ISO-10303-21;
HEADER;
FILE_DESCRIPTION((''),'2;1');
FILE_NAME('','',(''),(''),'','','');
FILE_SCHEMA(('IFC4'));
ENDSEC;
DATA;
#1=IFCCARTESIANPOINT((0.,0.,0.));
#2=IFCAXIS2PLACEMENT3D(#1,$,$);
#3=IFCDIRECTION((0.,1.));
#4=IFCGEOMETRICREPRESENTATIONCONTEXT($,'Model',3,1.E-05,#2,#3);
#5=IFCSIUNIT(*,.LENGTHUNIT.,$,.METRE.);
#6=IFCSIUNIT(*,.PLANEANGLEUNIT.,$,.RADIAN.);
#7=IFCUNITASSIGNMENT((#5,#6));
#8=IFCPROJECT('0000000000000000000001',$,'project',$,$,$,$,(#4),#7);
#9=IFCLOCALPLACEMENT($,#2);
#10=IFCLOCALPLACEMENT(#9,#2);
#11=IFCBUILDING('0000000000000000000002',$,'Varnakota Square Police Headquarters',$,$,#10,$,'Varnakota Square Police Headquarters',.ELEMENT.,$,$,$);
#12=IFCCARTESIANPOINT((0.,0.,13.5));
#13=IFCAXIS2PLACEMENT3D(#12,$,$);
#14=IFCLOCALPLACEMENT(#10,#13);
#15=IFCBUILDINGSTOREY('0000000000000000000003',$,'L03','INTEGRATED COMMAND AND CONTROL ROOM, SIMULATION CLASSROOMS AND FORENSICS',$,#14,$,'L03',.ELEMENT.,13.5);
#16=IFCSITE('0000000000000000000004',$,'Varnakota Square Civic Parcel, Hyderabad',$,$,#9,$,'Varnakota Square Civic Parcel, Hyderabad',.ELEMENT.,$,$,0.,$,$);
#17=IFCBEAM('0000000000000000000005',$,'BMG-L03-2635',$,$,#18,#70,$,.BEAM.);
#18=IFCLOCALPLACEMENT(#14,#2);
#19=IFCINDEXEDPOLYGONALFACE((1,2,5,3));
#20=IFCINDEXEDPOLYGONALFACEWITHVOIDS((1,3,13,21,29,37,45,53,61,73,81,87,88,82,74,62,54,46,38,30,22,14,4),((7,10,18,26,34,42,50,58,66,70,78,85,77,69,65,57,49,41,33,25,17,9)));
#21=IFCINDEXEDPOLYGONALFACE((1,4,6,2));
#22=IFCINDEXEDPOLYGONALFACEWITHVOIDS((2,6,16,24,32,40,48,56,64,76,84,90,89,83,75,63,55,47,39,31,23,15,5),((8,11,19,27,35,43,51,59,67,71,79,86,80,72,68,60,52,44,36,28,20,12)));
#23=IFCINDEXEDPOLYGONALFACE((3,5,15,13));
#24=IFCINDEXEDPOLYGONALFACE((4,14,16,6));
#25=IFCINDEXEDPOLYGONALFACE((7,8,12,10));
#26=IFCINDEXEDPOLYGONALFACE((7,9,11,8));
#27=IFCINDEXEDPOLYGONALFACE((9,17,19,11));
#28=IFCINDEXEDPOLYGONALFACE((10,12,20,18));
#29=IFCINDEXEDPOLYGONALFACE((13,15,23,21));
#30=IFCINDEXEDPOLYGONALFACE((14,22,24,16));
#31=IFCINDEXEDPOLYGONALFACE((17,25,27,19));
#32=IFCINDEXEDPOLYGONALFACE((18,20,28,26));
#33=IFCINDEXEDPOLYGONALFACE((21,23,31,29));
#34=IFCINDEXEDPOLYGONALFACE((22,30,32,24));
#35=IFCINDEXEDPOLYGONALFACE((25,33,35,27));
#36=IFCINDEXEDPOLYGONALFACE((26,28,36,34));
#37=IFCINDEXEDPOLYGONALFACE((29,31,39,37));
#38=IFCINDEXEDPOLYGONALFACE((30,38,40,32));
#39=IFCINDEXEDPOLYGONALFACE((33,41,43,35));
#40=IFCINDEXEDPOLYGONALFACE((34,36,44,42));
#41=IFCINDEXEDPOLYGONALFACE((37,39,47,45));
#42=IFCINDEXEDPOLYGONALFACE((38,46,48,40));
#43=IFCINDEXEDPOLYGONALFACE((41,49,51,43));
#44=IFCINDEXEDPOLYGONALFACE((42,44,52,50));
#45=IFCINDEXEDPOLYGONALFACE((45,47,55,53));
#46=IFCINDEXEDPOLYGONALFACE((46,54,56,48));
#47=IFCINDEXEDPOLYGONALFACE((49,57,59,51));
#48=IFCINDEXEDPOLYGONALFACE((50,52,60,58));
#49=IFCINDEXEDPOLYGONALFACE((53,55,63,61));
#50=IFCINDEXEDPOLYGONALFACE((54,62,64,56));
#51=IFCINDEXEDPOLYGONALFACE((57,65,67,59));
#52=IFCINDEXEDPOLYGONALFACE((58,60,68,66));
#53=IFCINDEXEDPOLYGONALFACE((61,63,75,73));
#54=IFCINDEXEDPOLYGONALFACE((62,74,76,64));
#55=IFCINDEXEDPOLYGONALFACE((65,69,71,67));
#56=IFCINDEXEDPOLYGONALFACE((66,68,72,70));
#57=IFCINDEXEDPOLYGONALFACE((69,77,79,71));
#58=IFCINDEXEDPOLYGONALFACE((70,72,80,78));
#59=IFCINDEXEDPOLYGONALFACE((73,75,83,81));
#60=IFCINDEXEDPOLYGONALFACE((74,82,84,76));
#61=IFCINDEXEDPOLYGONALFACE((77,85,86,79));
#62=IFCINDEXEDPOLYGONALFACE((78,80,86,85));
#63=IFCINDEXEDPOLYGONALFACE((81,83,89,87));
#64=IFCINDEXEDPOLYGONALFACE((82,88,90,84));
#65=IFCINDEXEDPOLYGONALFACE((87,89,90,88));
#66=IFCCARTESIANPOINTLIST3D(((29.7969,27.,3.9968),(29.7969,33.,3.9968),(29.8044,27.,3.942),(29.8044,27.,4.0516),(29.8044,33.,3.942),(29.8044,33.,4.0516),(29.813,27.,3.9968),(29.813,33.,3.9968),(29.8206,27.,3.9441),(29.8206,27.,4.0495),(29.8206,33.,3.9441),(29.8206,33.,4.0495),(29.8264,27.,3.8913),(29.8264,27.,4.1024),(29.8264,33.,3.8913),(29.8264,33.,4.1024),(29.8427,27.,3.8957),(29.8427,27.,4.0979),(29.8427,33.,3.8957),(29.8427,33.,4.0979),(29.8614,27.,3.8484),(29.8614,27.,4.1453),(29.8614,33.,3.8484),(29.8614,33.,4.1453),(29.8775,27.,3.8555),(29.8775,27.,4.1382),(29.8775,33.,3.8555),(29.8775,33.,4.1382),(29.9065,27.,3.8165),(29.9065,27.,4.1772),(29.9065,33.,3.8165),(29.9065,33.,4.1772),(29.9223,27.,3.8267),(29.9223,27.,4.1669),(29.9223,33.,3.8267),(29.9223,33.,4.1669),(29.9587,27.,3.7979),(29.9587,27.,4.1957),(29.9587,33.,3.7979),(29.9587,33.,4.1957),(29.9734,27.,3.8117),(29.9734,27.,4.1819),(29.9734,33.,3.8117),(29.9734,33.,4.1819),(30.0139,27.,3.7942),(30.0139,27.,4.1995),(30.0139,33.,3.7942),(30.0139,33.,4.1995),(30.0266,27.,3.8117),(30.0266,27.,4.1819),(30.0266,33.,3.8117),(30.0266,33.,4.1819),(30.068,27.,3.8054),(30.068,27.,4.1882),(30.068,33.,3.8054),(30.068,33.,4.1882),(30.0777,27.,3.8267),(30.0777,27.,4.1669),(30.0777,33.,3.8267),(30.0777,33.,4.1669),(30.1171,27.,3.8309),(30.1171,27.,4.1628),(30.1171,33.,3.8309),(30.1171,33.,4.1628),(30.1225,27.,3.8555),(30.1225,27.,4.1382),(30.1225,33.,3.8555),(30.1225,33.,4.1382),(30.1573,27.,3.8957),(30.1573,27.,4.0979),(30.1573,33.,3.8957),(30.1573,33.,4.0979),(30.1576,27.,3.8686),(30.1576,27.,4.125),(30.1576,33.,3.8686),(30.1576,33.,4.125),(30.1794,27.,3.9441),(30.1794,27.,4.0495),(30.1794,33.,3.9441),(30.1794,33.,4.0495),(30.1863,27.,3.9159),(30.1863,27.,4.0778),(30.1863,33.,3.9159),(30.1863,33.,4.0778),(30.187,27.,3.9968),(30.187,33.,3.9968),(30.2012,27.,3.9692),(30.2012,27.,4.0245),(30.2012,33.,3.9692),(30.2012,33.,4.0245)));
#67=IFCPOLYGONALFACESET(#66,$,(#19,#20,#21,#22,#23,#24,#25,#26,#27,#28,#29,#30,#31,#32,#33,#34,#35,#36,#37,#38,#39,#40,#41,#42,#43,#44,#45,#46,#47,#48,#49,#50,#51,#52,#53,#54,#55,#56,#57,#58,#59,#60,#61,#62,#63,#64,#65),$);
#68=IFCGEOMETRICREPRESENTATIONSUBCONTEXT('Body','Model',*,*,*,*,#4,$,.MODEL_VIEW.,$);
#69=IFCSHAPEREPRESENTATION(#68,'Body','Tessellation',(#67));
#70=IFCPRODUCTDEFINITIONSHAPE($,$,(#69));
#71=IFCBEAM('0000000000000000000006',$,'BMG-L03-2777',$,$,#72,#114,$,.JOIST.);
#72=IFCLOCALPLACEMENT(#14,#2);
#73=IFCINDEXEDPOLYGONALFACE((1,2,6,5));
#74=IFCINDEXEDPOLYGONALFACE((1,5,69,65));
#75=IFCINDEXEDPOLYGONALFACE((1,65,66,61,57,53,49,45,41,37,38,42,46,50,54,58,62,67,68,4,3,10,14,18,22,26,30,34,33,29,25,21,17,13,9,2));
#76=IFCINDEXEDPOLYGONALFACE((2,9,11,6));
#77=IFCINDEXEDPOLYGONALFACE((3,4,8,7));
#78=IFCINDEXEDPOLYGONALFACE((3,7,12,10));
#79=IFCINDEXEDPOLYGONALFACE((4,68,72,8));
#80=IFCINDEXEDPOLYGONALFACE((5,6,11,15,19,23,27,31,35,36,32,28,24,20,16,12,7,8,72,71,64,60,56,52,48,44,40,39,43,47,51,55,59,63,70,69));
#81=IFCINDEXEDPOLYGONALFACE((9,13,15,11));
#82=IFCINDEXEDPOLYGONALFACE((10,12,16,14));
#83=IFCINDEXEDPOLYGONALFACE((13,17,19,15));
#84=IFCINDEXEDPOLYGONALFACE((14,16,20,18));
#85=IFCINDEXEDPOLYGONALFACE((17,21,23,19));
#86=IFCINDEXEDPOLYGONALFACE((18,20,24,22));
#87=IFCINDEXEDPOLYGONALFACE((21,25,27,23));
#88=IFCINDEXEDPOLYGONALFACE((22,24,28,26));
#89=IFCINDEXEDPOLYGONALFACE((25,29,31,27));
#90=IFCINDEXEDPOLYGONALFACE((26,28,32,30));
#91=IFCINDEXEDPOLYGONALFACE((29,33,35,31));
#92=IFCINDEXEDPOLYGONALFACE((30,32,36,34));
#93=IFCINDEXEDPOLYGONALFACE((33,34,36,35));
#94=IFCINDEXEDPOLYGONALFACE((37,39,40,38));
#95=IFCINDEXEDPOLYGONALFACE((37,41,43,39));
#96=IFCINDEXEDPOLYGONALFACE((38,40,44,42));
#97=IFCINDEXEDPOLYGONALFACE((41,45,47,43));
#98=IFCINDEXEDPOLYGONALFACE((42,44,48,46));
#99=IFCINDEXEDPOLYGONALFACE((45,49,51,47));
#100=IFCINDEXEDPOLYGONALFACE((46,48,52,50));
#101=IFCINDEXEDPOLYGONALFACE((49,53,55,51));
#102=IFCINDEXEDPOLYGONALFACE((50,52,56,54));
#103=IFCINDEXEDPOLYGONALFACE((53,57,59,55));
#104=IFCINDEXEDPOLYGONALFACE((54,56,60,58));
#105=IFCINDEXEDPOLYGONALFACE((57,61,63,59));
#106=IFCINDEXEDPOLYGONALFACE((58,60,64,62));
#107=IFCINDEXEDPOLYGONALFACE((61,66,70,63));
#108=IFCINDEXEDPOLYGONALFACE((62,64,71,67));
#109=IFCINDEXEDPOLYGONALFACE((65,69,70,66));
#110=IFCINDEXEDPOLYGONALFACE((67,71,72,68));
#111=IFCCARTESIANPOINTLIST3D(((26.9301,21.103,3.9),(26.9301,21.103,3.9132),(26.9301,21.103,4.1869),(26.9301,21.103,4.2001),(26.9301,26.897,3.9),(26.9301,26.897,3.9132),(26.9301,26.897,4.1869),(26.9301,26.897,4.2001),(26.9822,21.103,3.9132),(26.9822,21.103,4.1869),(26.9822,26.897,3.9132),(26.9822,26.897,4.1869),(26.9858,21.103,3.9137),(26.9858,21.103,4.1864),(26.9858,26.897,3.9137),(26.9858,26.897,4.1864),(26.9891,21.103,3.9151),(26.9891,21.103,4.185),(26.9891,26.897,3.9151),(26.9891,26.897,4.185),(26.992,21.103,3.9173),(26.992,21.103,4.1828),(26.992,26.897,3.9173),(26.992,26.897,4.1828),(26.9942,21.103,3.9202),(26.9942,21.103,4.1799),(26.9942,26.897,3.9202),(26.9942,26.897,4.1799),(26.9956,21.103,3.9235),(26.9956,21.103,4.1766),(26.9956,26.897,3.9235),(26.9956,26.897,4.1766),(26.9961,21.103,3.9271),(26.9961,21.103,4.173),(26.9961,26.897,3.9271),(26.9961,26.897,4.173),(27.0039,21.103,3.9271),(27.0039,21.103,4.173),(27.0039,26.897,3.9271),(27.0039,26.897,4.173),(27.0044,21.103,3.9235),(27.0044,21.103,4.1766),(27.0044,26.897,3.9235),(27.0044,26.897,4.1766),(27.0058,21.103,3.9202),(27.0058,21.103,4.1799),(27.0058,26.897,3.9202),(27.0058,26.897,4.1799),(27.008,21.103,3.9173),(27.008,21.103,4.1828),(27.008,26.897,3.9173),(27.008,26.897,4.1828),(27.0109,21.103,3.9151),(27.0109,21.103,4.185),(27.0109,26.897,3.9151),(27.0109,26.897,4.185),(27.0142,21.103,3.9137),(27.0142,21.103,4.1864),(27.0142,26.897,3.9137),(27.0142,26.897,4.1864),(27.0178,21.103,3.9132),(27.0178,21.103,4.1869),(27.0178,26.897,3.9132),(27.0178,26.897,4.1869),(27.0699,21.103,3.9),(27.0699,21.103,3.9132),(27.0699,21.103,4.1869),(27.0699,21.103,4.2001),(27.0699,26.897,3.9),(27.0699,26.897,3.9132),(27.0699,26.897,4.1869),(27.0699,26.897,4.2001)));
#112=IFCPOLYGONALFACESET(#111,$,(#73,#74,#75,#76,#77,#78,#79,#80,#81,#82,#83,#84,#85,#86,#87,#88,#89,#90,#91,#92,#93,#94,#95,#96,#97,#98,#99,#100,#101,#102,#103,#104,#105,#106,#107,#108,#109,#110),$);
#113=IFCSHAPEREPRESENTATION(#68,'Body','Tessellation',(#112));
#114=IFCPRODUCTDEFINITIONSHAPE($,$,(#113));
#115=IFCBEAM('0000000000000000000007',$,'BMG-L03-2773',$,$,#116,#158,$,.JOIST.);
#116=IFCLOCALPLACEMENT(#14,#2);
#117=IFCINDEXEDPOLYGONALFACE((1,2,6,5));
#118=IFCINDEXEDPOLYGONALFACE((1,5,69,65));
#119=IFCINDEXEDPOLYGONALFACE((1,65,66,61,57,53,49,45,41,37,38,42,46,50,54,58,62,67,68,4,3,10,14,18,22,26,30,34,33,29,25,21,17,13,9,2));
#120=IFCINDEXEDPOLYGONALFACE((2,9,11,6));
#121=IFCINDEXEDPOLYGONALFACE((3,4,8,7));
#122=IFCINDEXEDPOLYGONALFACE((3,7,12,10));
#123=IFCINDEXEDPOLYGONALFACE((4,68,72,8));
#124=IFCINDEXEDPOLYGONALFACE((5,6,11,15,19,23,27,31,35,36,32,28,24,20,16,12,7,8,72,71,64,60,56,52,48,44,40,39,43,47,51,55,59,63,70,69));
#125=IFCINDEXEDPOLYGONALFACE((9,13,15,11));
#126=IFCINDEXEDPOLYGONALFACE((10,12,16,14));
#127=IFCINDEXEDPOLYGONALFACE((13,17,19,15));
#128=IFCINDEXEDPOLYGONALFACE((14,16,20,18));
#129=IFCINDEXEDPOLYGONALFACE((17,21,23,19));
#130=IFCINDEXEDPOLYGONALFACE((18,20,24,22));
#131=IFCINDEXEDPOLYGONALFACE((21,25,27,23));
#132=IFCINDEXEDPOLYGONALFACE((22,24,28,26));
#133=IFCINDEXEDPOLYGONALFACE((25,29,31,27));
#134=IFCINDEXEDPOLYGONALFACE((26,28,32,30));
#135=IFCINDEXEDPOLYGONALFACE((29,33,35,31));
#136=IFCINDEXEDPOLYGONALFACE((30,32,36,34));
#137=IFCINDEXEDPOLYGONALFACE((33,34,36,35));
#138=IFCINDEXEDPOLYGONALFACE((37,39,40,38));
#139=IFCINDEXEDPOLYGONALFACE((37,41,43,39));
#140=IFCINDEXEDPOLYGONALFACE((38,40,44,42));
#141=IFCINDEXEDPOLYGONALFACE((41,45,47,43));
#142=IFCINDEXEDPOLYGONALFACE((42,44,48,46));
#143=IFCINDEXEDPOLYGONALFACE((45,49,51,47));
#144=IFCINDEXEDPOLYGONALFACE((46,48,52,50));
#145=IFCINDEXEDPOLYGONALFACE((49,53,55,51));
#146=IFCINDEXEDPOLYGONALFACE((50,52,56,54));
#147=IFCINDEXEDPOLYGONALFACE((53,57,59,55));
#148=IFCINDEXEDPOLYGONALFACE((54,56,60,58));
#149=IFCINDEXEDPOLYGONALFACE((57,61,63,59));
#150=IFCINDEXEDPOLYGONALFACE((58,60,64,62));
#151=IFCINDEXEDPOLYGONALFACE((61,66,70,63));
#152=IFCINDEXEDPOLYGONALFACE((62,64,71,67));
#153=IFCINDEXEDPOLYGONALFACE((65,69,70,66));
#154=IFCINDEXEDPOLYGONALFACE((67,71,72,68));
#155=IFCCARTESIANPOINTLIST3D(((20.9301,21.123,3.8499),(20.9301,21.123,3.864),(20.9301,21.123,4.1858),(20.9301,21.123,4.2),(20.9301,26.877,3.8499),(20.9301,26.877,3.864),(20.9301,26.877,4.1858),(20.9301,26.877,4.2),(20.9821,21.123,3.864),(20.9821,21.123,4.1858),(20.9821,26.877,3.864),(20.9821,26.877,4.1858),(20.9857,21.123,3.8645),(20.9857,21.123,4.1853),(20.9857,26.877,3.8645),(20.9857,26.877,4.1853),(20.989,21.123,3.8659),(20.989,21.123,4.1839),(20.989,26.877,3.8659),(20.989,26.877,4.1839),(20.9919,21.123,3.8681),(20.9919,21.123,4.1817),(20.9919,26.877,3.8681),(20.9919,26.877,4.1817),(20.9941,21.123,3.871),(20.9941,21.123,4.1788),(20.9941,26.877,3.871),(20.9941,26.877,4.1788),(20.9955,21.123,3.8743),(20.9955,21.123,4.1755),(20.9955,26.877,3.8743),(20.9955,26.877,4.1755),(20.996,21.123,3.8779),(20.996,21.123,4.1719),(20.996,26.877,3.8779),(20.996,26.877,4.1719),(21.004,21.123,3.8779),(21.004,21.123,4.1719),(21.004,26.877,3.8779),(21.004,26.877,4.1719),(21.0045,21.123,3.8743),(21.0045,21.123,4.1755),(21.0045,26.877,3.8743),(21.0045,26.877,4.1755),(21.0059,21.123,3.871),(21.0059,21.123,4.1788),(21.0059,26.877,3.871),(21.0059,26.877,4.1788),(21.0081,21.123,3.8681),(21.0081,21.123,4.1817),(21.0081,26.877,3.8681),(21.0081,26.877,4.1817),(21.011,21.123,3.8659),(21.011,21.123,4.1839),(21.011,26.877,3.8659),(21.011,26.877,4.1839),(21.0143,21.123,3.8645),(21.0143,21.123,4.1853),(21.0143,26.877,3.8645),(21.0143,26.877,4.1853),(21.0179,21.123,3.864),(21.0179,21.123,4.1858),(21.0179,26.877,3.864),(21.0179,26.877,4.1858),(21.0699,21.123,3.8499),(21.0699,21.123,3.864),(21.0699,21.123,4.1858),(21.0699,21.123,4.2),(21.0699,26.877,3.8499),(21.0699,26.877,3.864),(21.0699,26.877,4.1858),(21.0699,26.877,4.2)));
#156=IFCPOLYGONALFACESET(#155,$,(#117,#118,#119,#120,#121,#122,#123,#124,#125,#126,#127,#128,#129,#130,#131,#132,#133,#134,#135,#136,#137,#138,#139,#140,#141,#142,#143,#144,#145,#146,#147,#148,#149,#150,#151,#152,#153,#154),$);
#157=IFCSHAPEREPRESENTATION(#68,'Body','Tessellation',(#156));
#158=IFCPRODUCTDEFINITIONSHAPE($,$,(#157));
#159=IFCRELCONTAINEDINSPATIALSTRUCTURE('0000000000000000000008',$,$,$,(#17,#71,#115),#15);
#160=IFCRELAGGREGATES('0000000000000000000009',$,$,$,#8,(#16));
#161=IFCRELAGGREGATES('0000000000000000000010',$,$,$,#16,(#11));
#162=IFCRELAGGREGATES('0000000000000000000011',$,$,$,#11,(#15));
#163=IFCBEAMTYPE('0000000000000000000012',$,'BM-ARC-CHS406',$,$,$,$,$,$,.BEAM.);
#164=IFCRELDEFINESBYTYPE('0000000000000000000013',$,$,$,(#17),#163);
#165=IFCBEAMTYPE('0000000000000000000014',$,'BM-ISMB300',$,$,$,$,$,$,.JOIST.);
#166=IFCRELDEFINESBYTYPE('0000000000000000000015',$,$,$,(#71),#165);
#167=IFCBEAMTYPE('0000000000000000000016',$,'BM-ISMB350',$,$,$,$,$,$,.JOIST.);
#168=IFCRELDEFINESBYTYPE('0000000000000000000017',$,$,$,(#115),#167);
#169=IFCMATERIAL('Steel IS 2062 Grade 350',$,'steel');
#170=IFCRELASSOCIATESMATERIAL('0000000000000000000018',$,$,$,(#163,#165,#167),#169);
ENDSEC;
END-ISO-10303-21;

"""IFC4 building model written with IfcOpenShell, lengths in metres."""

from ifc_helpers import new_model, si_unit, direction, frame, origin, origin_2d, place, context, subcontext, project, spatial, hollow_circle, i_section, extrude, material, material_profile, profile_set, type_object, element, save


model = new_model("IFC4")

# Units and contexts
model_context = context("Model", 3, precision=1e-05, world=origin(), true_north=direction((0.0, 1.0)))
body_context = subcontext(model_context, "Body", "Model", "MODEL_VIEW")
ifc_project = project(units=[si_unit("LENGTHUNIT", "METRE"), si_unit("PLANEANGLEUNIT", "RADIAN")], contexts=[model_context])

# Site, building, storey
site_placement = place(None, origin())
site = spatial("IfcSite", under=ifc_project, at=site_placement, Name="Varnakota Square Civic Parcel, Hyderabad", LongName="Varnakota Square Civic Parcel, Hyderabad", CompositionType="ELEMENT", RefElevation=0.0)
building_placement = place(site_placement, origin())
building = spatial("IfcBuilding", under=site, at=building_placement, Name="Varnakota Square Police Headquarters", LongName="Varnakota Square Police Headquarters", CompositionType="ELEMENT")
storey_placement = place(building_placement, frame((0.0, 0.0, 13.5)))
storey = spatial("IfcBuildingStorey", under=building, at=storey_placement, Name="L03", Description="INTEGRATED COMMAND AND CONTROL ROOM, SIMULATION CLASSROOMS AND FORENSICS", LongName="L03", CompositionType="ELEMENT", Elevation=13.5)

# Shared definitions
ifc_material_1 = material(Name="Steel IS 2062 Grade 350", Category="steel")

# Beams
ifc_material_profile_1 = material_profile(ifc_material_1, hollow_circle(Radius=0.2031, WallThickness=0.0161, at=origin_2d()), Name="CHS 406.4x16.0")
ifc_profile_set_1 = profile_set([ifc_material_profile_1], Name="Steel IS 2062 Grade 350")
beam_type_1 = type_object("IfcBeamType", Name="BM-ARC-CHS406", PredefinedType="BEAM", material=ifc_profile_set_1)
for number, where, z_axis, x_axis, name in (
    (1, (30.0, 27.0, 3.9968), (0.0, 1.0, 0.0), (-1.0, 0.0, 0.0), "BMG-L03-2635"),
):
    element("IfcBeam", number, at=place(storey_placement, frame(where, z_axis=z_axis, x_axis=x_axis)), inside=storey, type_object=beam_type_1, Name=name, PredefinedType="BEAM", context=body_context, shape_type="SweptSolid", body=[
        extrude(hollow_circle(Radius=0.2031, WallThickness=0.0161, at=origin_2d()), origin(), (0.0, 0.0, 1.0), 6.0),
    ])
ifc_material_profile_2 = material_profile(ifc_material_1, i_section(OverallWidth=0.1399, OverallDepth=0.3, WebThickness=0.0078, FlangeThickness=0.0132, FilletRadius=0.0139, at=origin_2d()), Name="ISMB 300")
ifc_profile_set_2 = profile_set([ifc_material_profile_2], Name="Steel IS 2062 Grade 350")
beam_type_2 = type_object("IfcBeamType", Name="BM-ISMB300", PredefinedType="JOIST", material=ifc_profile_set_2)
beam_1_placement = place(storey_placement, frame((27.0, 21.103, 4.05), z_axis=(0.0, 1.0, 0.0), x_axis=(-1.0, 0.0, 0.0)))
element("IfcBeam", 2, at=beam_1_placement, inside=storey, type_object=beam_type_2, Name="BMG-L03-2777", PredefinedType="JOIST", context=body_context, shape_type="SweptSolid", body=[
    extrude(i_section(OverallWidth=0.1399, OverallDepth=0.3, WebThickness=0.0078, FlangeThickness=0.0132, FilletRadius=0.0139, at=origin_2d()), origin(), (0.0, 0.0, 1.0), 5.7939),
])
ifc_material_profile_3 = material_profile(ifc_material_1, i_section(OverallWidth=0.1399, OverallDepth=0.3501, WebThickness=0.0081, FlangeThickness=0.0142, FilletRadius=0.0139, at=origin_2d()), Name="ISMB 350")
ifc_profile_set_3 = profile_set([ifc_material_profile_3], Name="Steel IS 2062 Grade 350")
beam_type_3 = type_object("IfcBeamType", Name="BM-ISMB350", PredefinedType="JOIST", material=ifc_profile_set_3)
beam_2_placement = place(storey_placement, frame((21.0, 21.123, 4.0249), z_axis=(0.0, 1.0, 0.0), x_axis=(-1.0, 0.0, 0.0)))
element("IfcBeam", 3, at=beam_2_placement, inside=storey, type_object=beam_type_3, Name="BMG-L03-2773", PredefinedType="JOIST", context=body_context, shape_type="SweptSolid", body=[
    extrude(i_section(OverallWidth=0.1399, OverallDepth=0.3501, WebThickness=0.0081, FlangeThickness=0.0142, FilletRadius=0.0139, at=origin_2d()), origin(), (0.0, 0.0, 1.0), 5.7539),
])

save(model, "model.ifc")
